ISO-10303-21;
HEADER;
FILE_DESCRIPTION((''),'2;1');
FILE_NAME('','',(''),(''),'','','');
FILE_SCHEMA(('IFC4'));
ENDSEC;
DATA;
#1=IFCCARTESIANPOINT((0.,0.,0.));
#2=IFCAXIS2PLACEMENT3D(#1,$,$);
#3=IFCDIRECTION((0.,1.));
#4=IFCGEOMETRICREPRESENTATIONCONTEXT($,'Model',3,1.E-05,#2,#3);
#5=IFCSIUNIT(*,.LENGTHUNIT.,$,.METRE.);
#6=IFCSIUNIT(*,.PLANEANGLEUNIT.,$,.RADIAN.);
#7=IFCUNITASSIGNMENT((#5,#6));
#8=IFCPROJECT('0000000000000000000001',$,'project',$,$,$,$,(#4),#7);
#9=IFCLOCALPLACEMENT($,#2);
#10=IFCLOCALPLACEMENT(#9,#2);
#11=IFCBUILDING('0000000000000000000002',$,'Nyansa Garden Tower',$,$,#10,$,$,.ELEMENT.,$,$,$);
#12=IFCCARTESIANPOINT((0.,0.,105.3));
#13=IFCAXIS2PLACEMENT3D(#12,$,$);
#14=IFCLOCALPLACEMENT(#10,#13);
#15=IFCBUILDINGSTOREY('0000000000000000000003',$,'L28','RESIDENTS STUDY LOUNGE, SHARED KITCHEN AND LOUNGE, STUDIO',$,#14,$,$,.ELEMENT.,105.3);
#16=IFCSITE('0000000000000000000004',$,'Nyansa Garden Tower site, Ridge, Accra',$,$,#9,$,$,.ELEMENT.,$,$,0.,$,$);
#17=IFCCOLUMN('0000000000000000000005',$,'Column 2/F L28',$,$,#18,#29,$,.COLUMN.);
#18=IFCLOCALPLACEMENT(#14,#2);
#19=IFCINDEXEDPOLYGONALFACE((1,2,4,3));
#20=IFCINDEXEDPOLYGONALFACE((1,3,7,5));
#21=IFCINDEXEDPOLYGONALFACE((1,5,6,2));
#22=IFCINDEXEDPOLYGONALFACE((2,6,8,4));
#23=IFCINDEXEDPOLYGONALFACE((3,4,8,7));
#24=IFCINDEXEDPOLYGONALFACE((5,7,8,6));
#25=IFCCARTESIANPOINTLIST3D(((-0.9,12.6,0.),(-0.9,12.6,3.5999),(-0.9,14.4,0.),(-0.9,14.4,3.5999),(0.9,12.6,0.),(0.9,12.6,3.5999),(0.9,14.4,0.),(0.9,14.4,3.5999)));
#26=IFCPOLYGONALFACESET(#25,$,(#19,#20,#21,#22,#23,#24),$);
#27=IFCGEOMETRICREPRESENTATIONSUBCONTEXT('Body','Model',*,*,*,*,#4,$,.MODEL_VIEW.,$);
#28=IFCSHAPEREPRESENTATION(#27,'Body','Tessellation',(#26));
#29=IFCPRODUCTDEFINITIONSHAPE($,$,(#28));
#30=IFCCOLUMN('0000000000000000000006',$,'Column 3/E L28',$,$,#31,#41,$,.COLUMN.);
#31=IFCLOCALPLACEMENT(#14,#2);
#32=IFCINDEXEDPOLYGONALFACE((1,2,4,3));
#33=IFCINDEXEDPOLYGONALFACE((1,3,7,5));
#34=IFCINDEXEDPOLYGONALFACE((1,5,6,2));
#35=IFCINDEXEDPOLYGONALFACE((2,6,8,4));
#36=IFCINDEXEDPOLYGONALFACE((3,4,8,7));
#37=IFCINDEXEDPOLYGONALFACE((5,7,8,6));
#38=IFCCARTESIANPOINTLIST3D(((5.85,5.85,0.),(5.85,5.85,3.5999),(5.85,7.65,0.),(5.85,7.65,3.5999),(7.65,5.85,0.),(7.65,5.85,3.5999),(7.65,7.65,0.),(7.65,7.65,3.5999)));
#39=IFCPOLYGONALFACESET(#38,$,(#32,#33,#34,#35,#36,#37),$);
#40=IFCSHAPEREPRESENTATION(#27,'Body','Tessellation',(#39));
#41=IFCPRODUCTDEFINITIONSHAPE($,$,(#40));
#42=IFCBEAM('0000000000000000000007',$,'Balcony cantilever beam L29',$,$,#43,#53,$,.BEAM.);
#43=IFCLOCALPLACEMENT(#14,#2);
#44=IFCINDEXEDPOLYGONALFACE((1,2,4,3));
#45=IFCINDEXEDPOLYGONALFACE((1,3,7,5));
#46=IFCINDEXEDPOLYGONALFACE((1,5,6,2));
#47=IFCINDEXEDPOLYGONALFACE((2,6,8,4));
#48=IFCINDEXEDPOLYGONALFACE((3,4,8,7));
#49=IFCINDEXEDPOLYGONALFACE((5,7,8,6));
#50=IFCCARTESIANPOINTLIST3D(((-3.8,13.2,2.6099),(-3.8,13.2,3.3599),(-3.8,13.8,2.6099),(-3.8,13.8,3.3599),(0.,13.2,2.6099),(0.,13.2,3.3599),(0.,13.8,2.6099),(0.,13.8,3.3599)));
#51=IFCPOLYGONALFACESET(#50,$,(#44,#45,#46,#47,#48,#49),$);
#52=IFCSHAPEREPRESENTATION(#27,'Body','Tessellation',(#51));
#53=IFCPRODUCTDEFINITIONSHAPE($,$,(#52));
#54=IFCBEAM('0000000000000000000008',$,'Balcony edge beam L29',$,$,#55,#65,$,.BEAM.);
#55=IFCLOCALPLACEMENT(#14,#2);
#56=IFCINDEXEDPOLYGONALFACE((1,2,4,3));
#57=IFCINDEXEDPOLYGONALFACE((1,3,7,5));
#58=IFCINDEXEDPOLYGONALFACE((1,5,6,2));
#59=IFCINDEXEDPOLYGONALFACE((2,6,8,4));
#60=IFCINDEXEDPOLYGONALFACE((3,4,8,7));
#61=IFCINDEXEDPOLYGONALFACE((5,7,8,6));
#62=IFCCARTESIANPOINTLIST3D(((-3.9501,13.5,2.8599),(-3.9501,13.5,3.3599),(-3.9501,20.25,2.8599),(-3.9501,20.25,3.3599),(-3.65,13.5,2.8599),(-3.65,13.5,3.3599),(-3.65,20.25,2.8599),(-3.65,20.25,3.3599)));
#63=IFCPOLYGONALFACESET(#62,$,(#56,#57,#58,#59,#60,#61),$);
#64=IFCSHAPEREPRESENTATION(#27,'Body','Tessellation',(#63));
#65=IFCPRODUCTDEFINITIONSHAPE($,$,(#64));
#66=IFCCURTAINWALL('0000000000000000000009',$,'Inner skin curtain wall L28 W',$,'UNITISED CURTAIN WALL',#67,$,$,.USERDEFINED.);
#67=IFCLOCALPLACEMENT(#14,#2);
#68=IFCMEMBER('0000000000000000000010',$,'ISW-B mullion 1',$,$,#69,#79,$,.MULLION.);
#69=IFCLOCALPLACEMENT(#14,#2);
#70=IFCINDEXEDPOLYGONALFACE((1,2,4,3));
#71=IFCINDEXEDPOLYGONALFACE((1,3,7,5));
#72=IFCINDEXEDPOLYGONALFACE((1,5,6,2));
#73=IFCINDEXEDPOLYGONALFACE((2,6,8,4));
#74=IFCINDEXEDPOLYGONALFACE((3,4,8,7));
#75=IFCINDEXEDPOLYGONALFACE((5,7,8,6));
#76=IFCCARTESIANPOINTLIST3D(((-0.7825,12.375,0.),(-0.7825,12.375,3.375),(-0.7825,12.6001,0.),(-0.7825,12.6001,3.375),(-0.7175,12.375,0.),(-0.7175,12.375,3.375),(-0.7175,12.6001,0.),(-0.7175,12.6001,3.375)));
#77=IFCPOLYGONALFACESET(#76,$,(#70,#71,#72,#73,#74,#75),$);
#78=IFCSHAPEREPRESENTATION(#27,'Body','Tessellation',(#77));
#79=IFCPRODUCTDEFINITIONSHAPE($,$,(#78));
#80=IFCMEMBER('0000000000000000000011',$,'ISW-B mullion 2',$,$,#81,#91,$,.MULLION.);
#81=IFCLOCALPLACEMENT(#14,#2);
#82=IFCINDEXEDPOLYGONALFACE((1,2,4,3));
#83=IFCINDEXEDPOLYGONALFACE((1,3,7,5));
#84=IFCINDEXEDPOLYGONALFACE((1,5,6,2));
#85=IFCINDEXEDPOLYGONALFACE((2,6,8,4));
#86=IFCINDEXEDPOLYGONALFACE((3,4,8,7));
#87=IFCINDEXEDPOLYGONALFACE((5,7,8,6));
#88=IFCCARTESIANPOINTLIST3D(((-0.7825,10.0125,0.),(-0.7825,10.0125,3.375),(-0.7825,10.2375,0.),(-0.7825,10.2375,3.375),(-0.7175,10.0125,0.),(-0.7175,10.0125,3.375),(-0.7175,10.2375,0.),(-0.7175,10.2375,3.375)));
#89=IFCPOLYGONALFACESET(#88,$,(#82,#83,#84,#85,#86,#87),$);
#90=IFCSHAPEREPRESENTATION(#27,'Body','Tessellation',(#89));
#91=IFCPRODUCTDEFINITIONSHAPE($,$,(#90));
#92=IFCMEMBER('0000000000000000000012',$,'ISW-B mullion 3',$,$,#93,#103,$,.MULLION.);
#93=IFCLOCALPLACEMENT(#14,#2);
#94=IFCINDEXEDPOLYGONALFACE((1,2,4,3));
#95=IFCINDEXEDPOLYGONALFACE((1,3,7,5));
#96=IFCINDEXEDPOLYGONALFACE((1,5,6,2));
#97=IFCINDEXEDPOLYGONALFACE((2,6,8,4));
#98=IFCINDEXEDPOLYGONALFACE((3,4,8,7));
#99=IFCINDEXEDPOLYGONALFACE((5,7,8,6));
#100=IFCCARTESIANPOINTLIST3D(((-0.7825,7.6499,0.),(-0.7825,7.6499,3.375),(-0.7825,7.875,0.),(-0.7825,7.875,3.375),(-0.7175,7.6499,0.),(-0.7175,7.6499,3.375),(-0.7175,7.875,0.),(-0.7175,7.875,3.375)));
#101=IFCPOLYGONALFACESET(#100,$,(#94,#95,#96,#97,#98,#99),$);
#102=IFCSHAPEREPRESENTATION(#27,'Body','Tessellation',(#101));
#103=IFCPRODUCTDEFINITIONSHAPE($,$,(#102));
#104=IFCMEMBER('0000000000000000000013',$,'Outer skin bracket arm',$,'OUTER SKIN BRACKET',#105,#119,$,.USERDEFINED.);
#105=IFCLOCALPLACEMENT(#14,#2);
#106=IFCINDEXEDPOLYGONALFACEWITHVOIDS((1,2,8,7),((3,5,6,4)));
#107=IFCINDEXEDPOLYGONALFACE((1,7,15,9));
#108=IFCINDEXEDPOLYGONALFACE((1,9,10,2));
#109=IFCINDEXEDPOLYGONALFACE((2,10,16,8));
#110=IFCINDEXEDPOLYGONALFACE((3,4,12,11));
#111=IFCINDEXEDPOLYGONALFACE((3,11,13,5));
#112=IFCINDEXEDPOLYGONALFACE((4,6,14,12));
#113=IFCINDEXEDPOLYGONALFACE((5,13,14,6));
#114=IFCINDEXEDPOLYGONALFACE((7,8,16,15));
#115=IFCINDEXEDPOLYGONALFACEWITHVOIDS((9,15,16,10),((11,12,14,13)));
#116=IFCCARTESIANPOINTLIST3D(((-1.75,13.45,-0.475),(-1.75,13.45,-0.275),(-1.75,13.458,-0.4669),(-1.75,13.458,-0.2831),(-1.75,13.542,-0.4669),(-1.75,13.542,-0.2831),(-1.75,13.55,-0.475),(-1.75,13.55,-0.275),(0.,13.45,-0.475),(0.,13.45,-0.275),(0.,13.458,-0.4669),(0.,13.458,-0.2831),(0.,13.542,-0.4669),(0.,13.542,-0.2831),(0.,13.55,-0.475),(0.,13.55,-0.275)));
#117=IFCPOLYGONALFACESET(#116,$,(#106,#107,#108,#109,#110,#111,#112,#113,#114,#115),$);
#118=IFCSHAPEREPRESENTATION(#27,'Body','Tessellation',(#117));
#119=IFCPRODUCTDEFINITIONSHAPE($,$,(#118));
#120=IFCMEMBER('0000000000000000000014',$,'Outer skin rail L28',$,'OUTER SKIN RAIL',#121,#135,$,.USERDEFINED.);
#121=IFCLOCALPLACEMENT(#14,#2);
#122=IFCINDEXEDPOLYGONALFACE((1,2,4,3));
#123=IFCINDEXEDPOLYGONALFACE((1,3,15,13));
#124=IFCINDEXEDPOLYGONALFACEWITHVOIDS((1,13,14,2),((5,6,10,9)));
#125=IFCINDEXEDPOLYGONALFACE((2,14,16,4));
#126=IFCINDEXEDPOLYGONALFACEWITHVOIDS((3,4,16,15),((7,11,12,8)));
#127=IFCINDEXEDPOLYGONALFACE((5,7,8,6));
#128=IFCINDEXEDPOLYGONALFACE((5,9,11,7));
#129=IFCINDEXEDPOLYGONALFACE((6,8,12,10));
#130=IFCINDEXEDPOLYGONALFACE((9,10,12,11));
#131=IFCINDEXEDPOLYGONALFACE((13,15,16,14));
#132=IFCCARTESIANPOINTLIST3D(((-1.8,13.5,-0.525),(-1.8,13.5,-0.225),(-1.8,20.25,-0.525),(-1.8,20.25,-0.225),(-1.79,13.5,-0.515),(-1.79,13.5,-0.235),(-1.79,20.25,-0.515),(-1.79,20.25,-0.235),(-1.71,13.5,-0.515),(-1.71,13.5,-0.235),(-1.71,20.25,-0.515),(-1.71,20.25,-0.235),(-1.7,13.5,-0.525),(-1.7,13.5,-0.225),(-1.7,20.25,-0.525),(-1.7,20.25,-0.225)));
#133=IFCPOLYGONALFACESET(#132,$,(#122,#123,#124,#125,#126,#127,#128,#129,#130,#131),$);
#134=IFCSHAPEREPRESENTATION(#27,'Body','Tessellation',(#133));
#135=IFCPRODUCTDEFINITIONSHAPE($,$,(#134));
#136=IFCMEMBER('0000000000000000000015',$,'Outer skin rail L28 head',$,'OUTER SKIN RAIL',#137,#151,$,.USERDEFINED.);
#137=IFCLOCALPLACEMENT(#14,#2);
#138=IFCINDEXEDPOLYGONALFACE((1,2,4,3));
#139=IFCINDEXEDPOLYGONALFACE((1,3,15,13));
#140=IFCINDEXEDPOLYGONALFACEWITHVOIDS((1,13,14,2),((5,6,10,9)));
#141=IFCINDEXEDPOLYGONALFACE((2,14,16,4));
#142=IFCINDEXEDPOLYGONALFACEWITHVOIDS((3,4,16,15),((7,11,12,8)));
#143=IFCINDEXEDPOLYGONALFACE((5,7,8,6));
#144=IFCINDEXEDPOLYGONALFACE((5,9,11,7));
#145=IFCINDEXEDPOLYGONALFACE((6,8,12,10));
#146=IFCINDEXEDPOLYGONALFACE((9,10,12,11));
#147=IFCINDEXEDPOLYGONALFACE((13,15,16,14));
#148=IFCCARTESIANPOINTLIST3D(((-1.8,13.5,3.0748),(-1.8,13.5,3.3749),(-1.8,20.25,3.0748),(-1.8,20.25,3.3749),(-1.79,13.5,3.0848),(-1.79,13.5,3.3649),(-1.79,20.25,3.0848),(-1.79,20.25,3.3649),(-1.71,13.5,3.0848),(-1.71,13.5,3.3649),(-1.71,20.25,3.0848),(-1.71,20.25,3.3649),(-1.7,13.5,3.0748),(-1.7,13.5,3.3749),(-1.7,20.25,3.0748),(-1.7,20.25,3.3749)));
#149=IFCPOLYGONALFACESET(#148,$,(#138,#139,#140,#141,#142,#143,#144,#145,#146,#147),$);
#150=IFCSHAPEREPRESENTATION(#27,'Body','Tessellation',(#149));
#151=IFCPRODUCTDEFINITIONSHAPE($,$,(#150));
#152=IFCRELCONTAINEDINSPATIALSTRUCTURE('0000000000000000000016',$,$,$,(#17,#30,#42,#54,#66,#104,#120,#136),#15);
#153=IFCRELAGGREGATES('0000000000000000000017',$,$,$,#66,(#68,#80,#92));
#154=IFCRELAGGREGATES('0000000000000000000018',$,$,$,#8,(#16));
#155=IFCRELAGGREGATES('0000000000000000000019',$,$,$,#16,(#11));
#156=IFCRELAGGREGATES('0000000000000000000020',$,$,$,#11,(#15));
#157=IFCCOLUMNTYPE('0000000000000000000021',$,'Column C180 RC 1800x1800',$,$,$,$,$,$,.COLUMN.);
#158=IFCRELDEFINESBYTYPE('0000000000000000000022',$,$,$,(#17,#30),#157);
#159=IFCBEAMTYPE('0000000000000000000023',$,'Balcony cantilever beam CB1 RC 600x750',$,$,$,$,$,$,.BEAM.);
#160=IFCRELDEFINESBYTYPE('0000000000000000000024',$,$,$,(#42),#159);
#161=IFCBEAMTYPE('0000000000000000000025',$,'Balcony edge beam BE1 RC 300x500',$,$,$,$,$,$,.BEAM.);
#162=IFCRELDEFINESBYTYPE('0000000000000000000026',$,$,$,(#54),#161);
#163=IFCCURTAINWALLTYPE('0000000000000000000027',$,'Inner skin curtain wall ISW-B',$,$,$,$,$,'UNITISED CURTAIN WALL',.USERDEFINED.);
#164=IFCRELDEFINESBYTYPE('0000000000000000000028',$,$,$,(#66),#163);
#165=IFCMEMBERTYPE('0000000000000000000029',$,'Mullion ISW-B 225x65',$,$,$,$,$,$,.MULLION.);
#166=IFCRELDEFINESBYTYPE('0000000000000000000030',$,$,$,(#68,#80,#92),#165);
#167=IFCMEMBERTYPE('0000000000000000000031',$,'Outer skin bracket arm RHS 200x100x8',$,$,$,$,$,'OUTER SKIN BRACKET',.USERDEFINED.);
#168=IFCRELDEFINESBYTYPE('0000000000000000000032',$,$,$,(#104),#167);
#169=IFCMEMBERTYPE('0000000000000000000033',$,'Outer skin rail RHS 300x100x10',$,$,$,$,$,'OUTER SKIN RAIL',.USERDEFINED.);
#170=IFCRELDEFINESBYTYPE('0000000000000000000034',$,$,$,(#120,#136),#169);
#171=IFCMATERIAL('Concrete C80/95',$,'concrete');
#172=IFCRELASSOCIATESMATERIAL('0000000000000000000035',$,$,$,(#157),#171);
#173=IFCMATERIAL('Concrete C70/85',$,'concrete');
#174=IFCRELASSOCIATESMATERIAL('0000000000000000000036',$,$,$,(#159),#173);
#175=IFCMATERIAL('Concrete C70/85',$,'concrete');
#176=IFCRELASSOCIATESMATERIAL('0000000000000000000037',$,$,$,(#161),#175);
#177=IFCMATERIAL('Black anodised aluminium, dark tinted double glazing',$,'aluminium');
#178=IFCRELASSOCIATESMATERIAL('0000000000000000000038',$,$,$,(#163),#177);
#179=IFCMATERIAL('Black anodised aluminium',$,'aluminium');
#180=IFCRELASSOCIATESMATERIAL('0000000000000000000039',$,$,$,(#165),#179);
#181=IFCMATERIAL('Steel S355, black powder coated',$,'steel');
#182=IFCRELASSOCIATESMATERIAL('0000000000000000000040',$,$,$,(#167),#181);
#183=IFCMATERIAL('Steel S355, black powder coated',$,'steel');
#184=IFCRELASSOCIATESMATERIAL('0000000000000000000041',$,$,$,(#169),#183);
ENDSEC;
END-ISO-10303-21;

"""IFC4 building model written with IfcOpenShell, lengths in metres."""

from ifc_helpers import new_model, si_unit, direction, frame, origin, origin_2d, place, context, subcontext, project, spatial, rectangle, hollow_rectangle, extrude, material, material_profile, profile_set, type_object, element, aggregate, save


model = new_model("IFC4")

# Units and contexts
model_context = context("Model", 3, precision=1e-05, world=origin(), true_north=direction((0.0, 1.0)))
body_context = subcontext(model_context, "Body", "Model", "MODEL_VIEW")
ifc_project = project(units=[si_unit("LENGTHUNIT", "METRE"), si_unit("PLANEANGLEUNIT", "RADIAN")], contexts=[model_context])

# Site, building, storey
site_placement = place(None, origin())
site = spatial("IfcSite", under=ifc_project, at=site_placement, Name="Nyansa Garden Tower site, Ridge, Accra", CompositionType="ELEMENT", RefElevation=0.0)
building_placement = place(site_placement, origin())
building = spatial("IfcBuilding", under=site, at=building_placement, Name="Nyansa Garden Tower", CompositionType="ELEMENT")
storey_placement = place(building_placement, frame((0.0, 0.0, 105.3)))
storey = spatial("IfcBuildingStorey", under=building, at=storey_placement, Name="L28", Description="RESIDENTS STUDY LOUNGE, SHARED KITCHEN AND LOUNGE, STUDIO", CompositionType="ELEMENT", Elevation=105.3)

# Columns
ifc_material_1 = material(Name="Concrete C80/95", Category="concrete")
ifc_material_profile_1 = material_profile(ifc_material_1, rectangle(XDim=1.8, YDim=1.8, at=origin_2d()), Name="RC 1800x1800")
ifc_profile_set_1 = profile_set([ifc_material_profile_1], Name="Concrete C80/95")
column_type = type_object("IfcColumnType", Name="Column C180 RC 1800x1800", PredefinedType="COLUMN", material=ifc_profile_set_1)
for number, where, z_axis, x_axis, name in (
    (1, (0.0, 13.5, 0.0), (0.0, 0.0, 1.0), (1.0, 0.0, 0.0), "Column 2/F L28"),
    (2, (6.75, 6.75, 0.0), (0.0, 0.0, 1.0), (1.0, 0.0, 0.0), "Column 3/E L28"),
):
    element("IfcColumn", number, at=place(storey_placement, frame(where, z_axis=z_axis, x_axis=x_axis)), inside=storey, type_object=column_type, Name=name, PredefinedType="COLUMN", context=body_context, shape_type="SweptSolid", body=[
        extrude(rectangle(XDim=1.8, YDim=1.8, at=origin_2d()), origin(), (0.0, 0.0, 1.0), 3.5999),
    ])

# Beams
ifc_material_2 = material(Name="Concrete C70/85", Category="concrete")
ifc_material_profile_2 = material_profile(ifc_material_2, rectangle(XDim=0.6001, YDim=0.75, at=origin_2d()), Name="RC 600x750")
ifc_profile_set_2 = profile_set([ifc_material_profile_2], Name="Concrete C70/85")
beam_type_1 = type_object("IfcBeamType", Name="Balcony cantilever beam CB1 RC 600x750", PredefinedType="BEAM", material=ifc_profile_set_2)
beam_1_placement = place(storey_placement, frame((0.0, 13.5, 2.9849), z_axis=(-1.0, 0.0, 0.0), x_axis=(0.0, -1.0, 0.0)))
element("IfcBeam", 3, at=beam_1_placement, inside=storey, type_object=beam_type_1, Name="Balcony cantilever beam L29", PredefinedType="BEAM", context=body_context, shape_type="SweptSolid", body=[
    extrude(rectangle(XDim=0.6001, YDim=0.75, at=origin_2d()), origin(), (0.0, 0.0, 1.0), 3.8),
])
ifc_material_3 = material(Name="Concrete C70/85", Category="concrete")
ifc_material_profile_3 = material_profile(ifc_material_3, rectangle(XDim=0.3, YDim=0.5, at=origin_2d()), Name="RC 300x500")
ifc_profile_set_3 = profile_set([ifc_material_profile_3], Name="Concrete C70/85")
beam_type_2 = type_object("IfcBeamType", Name="Balcony edge beam BE1 RC 300x500", PredefinedType="BEAM", material=ifc_profile_set_3)
beam_2_placement = place(storey_placement, frame((-3.8, 13.5, 3.1099), z_axis=(0.0, 1.0, 0.0), x_axis=(-1.0, 0.0, 0.0)))
element("IfcBeam", 4, at=beam_2_placement, inside=storey, type_object=beam_type_2, Name="Balcony edge beam L29", PredefinedType="BEAM", context=body_context, shape_type="SweptSolid", body=[
    extrude(rectangle(XDim=0.3, YDim=0.5, at=origin_2d()), origin(), (0.0, 0.0, 1.0), 6.75),
])

# Curtain wall, members
ifc_material_4 = material(Name="Black anodised aluminium, dark tinted double glazing", Category="aluminium")
curtain_wall_type = type_object("IfcCurtainWallType", Name="Inner skin curtain wall ISW-B", ElementType="UNITISED CURTAIN WALL", PredefinedType="USERDEFINED", material=ifc_material_4)
curtain_wall_placement = place(storey_placement, origin())
curtain_wall = element("IfcCurtainWall", 5, at=curtain_wall_placement, inside=storey, type_object=curtain_wall_type, Name="Inner skin curtain wall L28 W", ObjectType="UNITISED CURTAIN WALL", PredefinedType="USERDEFINED")
ifc_material_5 = material(Name="Black anodised aluminium", Category="aluminium")
ifc_material_profile_4 = material_profile(ifc_material_5, rectangle(XDim=0.0649, YDim=0.2251, at=origin_2d()), Name="Mullion 225x65")
ifc_profile_set_4 = profile_set([ifc_material_profile_4], Name="Black anodised aluminium")
member_type_1 = type_object("IfcMemberType", Name="Mullion ISW-B 225x65", PredefinedType="MULLION", material=ifc_profile_set_4)
member_1_placement = place(storey_placement, frame((-0.75, 12.4875, 0.0), z_axis=(0.0, 0.0, 1.0), x_axis=(1.0, 0.0, 0.0)))
member_1 = element("IfcMember", 6, at=member_1_placement, type_object=member_type_1, Name="ISW-B mullion 1", PredefinedType="MULLION", context=body_context, shape_type="SweptSolid", body=[
    extrude(rectangle(XDim=0.0649, YDim=0.2251, at=origin_2d()), origin(), (0.0, 0.0, 1.0), 3.375),
])
member_2_placement = place(storey_placement, frame((-0.75, 10.125, 0.0), z_axis=(0.0, 0.0, 1.0), x_axis=(1.0, 0.0, 0.0)))
member_2 = element("IfcMember", 7, at=member_2_placement, type_object=member_type_1, Name="ISW-B mullion 2", PredefinedType="MULLION", context=body_context, shape_type="SweptSolid", body=[
    extrude(rectangle(XDim=0.0649, YDim=0.2251, at=origin_2d()), origin(), (0.0, 0.0, 1.0), 3.375),
])
member_3_placement = place(storey_placement, frame((-0.75, 7.7625, 0.0), z_axis=(0.0, 0.0, 1.0), x_axis=(1.0, 0.0, 0.0)))
member_3 = element("IfcMember", 8, at=member_3_placement, type_object=member_type_1, Name="ISW-B mullion 3", PredefinedType="MULLION", context=body_context, shape_type="SweptSolid", body=[
    extrude(rectangle(XDim=0.0649, YDim=0.2251, at=origin_2d()), origin(), (0.0, 0.0, 1.0), 3.375),
])

# Members
ifc_material_6 = material(Name="Steel S355, black powder coated", Category="steel")
ifc_material_profile_5 = material_profile(ifc_material_6, hollow_rectangle(XDim=0.1001, YDim=0.2, WallThickness=0.0081, at=origin_2d()), Name="RHS 200x100x8")
ifc_profile_set_5 = profile_set([ifc_material_profile_5], Name="Steel S355, black powder coated")
member_type_2 = type_object("IfcMemberType", Name="Outer skin bracket arm RHS 200x100x8", ElementType="OUTER SKIN BRACKET", PredefinedType="USERDEFINED", material=ifc_profile_set_5)
member_4_placement = place(storey_placement, frame((0.0, 13.5, -0.375), z_axis=(-1.0, 0.0, 0.0), x_axis=(0.0, -1.0, 0.0)))
element("IfcMember", 9, at=member_4_placement, inside=storey, type_object=member_type_2, Name="Outer skin bracket arm", ObjectType="OUTER SKIN BRACKET", PredefinedType="USERDEFINED", context=body_context, shape_type="SweptSolid", body=[
    extrude(hollow_rectangle(XDim=0.1001, YDim=0.2, WallThickness=0.0081, at=origin_2d()), origin(), (0.0, 0.0, 1.0), 1.75),
])
ifc_material_7 = material(Name="Steel S355, black powder coated", Category="steel")
ifc_material_profile_6 = material_profile(ifc_material_7, hollow_rectangle(XDim=0.1001, YDim=0.3, WallThickness=0.01, at=origin_2d()), Name="RHS 300x100x10")
ifc_profile_set_6 = profile_set([ifc_material_profile_6], Name="Steel S355, black powder coated")
member_type_3 = type_object("IfcMemberType", Name="Outer skin rail RHS 300x100x10", ElementType="OUTER SKIN RAIL", PredefinedType="USERDEFINED", material=ifc_profile_set_6)
for number, where, z_axis, x_axis, name in (
    (10, (-1.75, 13.5, -0.375), (0.0, 1.0, 0.0), (-1.0, 0.0, 0.0), "Outer skin rail L28"),
    (11, (-1.75, 13.5, 3.2249), (0.0, 1.0, 0.0), (-1.0, 0.0, 0.0), "Outer skin rail L28 head"),
):
    element("IfcMember", number, at=place(storey_placement, frame(where, z_axis=z_axis, x_axis=x_axis)), inside=storey, type_object=member_type_3, Name=name, ObjectType="OUTER SKIN RAIL", PredefinedType="USERDEFINED", context=body_context, shape_type="SweptSolid", body=[
        extrude(hollow_rectangle(XDim=0.1001, YDim=0.3, WallThickness=0.01, at=origin_2d()), origin(), (0.0, 0.0, 1.0), 6.75),
    ])

aggregate(curtain_wall, [member_1, member_2, member_3])

save(model, "model.ifc")
